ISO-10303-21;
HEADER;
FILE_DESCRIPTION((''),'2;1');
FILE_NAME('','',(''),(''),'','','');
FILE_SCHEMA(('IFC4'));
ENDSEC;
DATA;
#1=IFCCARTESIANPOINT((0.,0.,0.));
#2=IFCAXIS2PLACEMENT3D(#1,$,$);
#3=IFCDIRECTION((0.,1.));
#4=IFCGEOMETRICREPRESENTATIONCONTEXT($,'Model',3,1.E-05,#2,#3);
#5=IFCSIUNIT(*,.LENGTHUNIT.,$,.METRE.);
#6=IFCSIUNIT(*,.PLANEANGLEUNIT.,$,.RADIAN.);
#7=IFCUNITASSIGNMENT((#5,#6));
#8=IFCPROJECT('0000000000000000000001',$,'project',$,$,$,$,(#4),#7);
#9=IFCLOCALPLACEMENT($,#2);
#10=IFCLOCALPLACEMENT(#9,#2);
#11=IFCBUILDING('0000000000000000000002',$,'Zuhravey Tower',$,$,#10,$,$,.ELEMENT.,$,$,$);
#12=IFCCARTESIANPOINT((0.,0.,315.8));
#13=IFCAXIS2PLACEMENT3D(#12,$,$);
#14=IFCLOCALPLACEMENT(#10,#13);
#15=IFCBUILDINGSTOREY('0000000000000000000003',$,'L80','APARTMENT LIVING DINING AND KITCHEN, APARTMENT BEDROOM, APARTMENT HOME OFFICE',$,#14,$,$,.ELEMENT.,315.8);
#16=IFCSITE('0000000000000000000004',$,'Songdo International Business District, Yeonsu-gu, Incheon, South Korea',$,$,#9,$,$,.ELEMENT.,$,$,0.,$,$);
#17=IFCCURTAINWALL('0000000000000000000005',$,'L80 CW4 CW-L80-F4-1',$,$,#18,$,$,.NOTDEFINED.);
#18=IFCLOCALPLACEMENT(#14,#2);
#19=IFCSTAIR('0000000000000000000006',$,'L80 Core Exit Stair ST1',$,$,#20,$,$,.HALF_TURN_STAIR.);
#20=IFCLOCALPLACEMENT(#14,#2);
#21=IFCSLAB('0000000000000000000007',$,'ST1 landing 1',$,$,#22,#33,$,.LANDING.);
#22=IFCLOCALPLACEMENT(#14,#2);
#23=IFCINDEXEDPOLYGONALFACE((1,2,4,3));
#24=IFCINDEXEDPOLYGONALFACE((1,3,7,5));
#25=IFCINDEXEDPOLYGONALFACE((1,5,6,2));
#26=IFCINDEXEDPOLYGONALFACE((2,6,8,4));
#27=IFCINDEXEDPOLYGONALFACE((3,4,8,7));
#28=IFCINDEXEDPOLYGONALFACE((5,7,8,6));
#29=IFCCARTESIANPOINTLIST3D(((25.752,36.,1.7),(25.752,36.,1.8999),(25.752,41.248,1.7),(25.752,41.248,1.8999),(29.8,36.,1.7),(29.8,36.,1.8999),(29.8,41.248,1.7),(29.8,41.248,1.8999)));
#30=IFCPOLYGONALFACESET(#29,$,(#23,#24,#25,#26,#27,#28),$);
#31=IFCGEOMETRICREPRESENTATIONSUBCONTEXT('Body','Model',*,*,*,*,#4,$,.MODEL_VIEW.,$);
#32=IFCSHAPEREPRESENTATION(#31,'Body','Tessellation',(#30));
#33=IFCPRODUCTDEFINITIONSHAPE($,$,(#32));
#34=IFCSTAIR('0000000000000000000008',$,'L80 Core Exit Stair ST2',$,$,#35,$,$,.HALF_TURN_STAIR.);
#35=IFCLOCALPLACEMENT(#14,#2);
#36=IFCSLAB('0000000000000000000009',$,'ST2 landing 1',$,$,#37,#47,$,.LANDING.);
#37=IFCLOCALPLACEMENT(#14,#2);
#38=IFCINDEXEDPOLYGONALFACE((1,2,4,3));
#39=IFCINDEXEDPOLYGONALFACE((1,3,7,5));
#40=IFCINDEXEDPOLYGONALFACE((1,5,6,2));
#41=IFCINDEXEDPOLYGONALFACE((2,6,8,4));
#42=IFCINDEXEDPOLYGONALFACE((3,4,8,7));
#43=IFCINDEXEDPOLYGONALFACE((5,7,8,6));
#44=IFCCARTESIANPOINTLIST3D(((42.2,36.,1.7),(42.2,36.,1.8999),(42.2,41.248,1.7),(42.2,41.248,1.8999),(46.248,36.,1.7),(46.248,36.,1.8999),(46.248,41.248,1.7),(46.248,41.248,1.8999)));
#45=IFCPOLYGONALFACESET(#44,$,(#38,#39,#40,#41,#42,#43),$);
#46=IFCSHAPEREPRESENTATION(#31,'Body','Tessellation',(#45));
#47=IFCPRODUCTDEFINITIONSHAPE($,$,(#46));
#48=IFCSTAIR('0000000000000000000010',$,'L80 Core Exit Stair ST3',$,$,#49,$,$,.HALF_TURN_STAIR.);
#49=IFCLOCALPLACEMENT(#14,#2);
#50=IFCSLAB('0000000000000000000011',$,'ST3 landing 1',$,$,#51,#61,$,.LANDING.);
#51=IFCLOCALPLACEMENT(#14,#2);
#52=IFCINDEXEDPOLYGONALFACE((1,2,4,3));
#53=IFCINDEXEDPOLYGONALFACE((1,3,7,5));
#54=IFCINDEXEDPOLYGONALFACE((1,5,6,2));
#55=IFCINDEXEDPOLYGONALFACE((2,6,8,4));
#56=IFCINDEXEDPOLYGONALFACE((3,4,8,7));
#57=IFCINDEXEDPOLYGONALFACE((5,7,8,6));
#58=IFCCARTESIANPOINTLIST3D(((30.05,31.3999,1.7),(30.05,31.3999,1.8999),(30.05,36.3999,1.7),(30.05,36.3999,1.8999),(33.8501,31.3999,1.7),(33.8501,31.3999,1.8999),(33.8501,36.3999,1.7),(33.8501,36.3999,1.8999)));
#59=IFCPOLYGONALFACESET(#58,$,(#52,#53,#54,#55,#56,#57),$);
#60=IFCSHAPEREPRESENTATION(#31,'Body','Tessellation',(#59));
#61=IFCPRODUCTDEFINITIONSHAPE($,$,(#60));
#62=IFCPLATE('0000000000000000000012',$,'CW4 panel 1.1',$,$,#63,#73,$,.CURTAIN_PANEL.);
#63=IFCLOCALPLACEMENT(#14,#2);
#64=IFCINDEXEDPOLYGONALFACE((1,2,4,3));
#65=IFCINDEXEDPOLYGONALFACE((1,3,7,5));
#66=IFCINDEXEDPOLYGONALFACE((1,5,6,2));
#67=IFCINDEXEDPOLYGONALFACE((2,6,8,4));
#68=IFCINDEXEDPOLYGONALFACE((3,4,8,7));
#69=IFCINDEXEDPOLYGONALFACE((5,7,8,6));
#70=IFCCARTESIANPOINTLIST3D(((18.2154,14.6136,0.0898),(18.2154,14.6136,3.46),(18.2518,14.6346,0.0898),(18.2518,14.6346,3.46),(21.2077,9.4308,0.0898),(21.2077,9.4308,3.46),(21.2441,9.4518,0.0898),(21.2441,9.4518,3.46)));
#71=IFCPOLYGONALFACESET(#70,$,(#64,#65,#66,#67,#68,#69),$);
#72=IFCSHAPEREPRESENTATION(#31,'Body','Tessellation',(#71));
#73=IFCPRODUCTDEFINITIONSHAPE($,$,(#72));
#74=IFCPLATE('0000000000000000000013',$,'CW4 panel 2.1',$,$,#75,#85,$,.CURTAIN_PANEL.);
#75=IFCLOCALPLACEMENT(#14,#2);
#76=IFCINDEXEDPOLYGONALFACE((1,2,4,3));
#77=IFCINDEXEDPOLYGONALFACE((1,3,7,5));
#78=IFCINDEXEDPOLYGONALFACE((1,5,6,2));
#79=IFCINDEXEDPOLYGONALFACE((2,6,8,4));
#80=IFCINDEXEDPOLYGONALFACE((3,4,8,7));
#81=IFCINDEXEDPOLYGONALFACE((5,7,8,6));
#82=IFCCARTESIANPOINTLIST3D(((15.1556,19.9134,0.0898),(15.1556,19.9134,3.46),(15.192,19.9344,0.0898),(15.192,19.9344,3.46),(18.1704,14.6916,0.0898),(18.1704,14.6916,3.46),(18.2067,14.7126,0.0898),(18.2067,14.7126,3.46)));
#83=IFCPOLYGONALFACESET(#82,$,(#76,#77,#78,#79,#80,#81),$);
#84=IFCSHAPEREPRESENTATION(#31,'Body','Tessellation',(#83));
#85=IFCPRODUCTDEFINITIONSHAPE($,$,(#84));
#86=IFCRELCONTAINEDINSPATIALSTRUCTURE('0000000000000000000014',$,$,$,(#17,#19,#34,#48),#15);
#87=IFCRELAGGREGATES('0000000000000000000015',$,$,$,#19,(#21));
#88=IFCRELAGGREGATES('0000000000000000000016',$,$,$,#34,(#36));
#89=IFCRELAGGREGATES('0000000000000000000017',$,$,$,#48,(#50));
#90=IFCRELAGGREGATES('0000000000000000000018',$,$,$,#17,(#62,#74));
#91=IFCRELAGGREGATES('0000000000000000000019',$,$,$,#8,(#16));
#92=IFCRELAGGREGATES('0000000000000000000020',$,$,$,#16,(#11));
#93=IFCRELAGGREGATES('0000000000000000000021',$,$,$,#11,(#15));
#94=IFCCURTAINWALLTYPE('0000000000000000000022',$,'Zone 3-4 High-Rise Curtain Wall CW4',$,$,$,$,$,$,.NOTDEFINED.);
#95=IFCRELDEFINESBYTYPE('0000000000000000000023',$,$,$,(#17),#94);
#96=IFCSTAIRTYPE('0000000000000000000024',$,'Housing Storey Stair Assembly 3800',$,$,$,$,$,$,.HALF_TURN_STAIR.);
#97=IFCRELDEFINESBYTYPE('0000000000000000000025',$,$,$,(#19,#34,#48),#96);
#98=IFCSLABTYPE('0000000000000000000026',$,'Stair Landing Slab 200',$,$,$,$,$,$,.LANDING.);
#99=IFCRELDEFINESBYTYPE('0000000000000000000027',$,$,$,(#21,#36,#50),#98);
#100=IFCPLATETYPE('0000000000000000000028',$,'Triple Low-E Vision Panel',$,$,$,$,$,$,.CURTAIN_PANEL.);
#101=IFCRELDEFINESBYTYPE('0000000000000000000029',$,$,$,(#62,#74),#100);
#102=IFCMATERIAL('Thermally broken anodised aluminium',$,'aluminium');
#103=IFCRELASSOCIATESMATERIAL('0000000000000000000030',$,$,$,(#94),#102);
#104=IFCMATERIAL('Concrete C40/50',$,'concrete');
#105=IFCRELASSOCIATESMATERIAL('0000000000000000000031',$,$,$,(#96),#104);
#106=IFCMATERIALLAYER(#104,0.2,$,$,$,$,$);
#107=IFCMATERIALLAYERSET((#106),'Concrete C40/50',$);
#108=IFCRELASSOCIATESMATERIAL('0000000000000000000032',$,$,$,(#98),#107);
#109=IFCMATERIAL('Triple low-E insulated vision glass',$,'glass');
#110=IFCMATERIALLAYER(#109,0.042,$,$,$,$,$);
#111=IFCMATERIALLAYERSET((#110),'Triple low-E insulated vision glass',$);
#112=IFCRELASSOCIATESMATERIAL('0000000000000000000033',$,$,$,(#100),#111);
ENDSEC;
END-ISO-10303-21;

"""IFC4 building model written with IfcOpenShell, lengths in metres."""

from ifc_helpers import new_model, si_unit, direction, frame, origin, origin_2d, place, context, subcontext, project, spatial, polyline, rectangle, outline, extrude, material, layer, layer_set, type_object, element, aggregate, save


model = new_model("IFC4")

# Units and contexts
model_context = context("Model", 3, precision=1e-05, world=origin(), true_north=direction((0.0, 1.0)))
body_context = subcontext(model_context, "Body", "Model", "MODEL_VIEW")
ifc_project = project(units=[si_unit("LENGTHUNIT", "METRE"), si_unit("PLANEANGLEUNIT", "RADIAN")], contexts=[model_context])

# Site, building, storey
site_placement = place(None, origin())
site = spatial("IfcSite", under=ifc_project, at=site_placement, Name="Songdo International Business District, Yeonsu-gu, Incheon, South Korea", CompositionType="ELEMENT", RefElevation=0.0)
building_placement = place(site_placement, origin())
building = spatial("IfcBuilding", under=site, at=building_placement, Name="Zuhravey Tower", CompositionType="ELEMENT")
storey_placement = place(building_placement, frame((0.0, 0.0, 315.8)))
storey = spatial("IfcBuildingStorey", under=building, at=storey_placement, Name="L80", Description="APARTMENT LIVING DINING AND KITCHEN, APARTMENT BEDROOM, APARTMENT HOME OFFICE", CompositionType="ELEMENT", Elevation=315.8)

# Curtain wall
ifc_material_1 = material(Name="Thermally broken anodised aluminium", Category="aluminium")
curtain_wall_type = type_object("IfcCurtainWallType", Name="Zone 3-4 High-Rise Curtain Wall CW4", PredefinedType="NOTDEFINED", material=ifc_material_1)
curtain_wall_placement = place(storey_placement, origin())
curtain_wall = element("IfcCurtainWall", 1, at=curtain_wall_placement, inside=storey, type_object=curtain_wall_type, Name="L80 CW4 CW-L80-F4-1", PredefinedType="NOTDEFINED")

# Shared definitions
ifc_material_2 = material(Name="Concrete C40/50", Category="concrete")

# Stairs, slabs
stair_type = type_object("IfcStairType", Name="Housing Storey Stair Assembly 3800", PredefinedType="HALF_TURN_STAIR", material=ifc_material_2)
stair_1_placement = place(storey_placement, origin())
stair_1 = element("IfcStair", 2, at=stair_1_placement, inside=storey, type_object=stair_type, Name="L80 Core Exit Stair ST1", PredefinedType="HALF_TURN_STAIR")
ifc_layer_1 = layer(ifc_material_2, 0.2)
ifc_layer_set_1 = layer_set([ifc_layer_1], Name="Concrete C40/50")
slab_type_1 = type_object("IfcSlabType", Name="Stair Landing Slab 200", PredefinedType="LANDING", material=ifc_layer_set_1)
slab_1_placement = place(storey_placement, frame((0.0, 0.0, 1.7)))
slab_1 = element("IfcSlab", 3, at=slab_1_placement, type_object=slab_type_1, Name="ST1 landing 1", PredefinedType="LANDING", context=body_context, shape_type="SweptSolid", body=[
    extrude(outline(polyline([(29.8, 36.0), (29.8, 41.248), (25.752, 41.248), (25.752, 36.0), (29.8, 36.0)])), origin(), (0.0, 0.0, 1.0), 0.2),
])
aggregate(stair_1, [slab_1])
stair_2_placement = place(storey_placement, origin())
stair_2 = element("IfcStair", 4, at=stair_2_placement, inside=storey, type_object=stair_type, Name="L80 Core Exit Stair ST2", PredefinedType="HALF_TURN_STAIR")
slab_2_placement = place(storey_placement, frame((0.0, 0.0, 1.7)))
slab_2 = element("IfcSlab", 5, at=slab_2_placement, type_object=slab_type_1, Name="ST2 landing 1", PredefinedType="LANDING", context=body_context, shape_type="SweptSolid", body=[
    extrude(outline(polyline([(46.248, 36.0), (46.248, 41.248), (42.2, 41.248), (42.2, 36.0), (46.248, 36.0)])), origin(), (0.0, 0.0, 1.0), 0.2),
])
aggregate(stair_2, [slab_2])
stair_3_placement = place(storey_placement, origin())
stair_3 = element("IfcStair", 6, at=stair_3_placement, inside=storey, type_object=stair_type, Name="L80 Core Exit Stair ST3", PredefinedType="HALF_TURN_STAIR")
slab_3_placement = place(storey_placement, frame((0.0, 0.0, 1.7)))
slab_3 = element("IfcSlab", 7, at=slab_3_placement, type_object=slab_type_1, Name="ST3 landing 1", PredefinedType="LANDING", context=body_context, shape_type="SweptSolid", body=[
    extrude(outline(polyline([(30.05, 36.3999), (30.05, 31.3999), (33.8501, 31.3999), (33.8501, 36.3999), (30.05, 36.3999)])), origin(), (0.0, 0.0, 1.0), 0.2),
])
aggregate(stair_3, [slab_3])

# Plates
ifc_material_3 = material(Name="Triple low-E insulated vision glass", Category="glass")
ifc_layer_2 = layer(ifc_material_3, 0.042)
ifc_layer_set_2 = layer_set([ifc_layer_2], Name="Triple low-E insulated vision glass")
plate_type_1 = type_object("IfcPlateType", Name="Triple Low-E Vision Panel", PredefinedType="CURTAIN_PANEL", material=ifc_layer_set_2)
plate_1_placement = place(storey_placement, frame((19.7297, 12.0327, 0.0898), z_axis=(0.0, 0.0, 1.0), x_axis=(-0.5, 0.866026, 0.0)))
plate_1 = element("IfcPlate", 8, at=plate_1_placement, type_object=plate_type_1, Name="CW4 panel 1.1", PredefinedType="CURTAIN_PANEL", context=body_context, shape_type="SweptSolid", body=[
    extrude(rectangle(XDim=5.9846, YDim=0.042, at=origin_2d()), origin(), (0.0, 0.0, 1.0), 3.3701),
])
plate_2_placement = place(storey_placement, frame((16.6812, 17.313, 0.0898), z_axis=(0.0, 0.0, 1.0), x_axis=(-0.5, 0.866026, 0.0)))
plate_2 = element("IfcPlate", 9, at=plate_2_placement, type_object=plate_type_1, Name="CW4 panel 2.1", PredefinedType="CURTAIN_PANEL", context=body_context, shape_type="SweptSolid", body=[
    extrude(rectangle(XDim=6.0295, YDim=0.042, at=origin_2d()), origin(), (0.0, 0.0, 1.0), 3.3701),
])
aggregate(curtain_wall, [plate_1, plate_2])

save(model, "model.ifc")
